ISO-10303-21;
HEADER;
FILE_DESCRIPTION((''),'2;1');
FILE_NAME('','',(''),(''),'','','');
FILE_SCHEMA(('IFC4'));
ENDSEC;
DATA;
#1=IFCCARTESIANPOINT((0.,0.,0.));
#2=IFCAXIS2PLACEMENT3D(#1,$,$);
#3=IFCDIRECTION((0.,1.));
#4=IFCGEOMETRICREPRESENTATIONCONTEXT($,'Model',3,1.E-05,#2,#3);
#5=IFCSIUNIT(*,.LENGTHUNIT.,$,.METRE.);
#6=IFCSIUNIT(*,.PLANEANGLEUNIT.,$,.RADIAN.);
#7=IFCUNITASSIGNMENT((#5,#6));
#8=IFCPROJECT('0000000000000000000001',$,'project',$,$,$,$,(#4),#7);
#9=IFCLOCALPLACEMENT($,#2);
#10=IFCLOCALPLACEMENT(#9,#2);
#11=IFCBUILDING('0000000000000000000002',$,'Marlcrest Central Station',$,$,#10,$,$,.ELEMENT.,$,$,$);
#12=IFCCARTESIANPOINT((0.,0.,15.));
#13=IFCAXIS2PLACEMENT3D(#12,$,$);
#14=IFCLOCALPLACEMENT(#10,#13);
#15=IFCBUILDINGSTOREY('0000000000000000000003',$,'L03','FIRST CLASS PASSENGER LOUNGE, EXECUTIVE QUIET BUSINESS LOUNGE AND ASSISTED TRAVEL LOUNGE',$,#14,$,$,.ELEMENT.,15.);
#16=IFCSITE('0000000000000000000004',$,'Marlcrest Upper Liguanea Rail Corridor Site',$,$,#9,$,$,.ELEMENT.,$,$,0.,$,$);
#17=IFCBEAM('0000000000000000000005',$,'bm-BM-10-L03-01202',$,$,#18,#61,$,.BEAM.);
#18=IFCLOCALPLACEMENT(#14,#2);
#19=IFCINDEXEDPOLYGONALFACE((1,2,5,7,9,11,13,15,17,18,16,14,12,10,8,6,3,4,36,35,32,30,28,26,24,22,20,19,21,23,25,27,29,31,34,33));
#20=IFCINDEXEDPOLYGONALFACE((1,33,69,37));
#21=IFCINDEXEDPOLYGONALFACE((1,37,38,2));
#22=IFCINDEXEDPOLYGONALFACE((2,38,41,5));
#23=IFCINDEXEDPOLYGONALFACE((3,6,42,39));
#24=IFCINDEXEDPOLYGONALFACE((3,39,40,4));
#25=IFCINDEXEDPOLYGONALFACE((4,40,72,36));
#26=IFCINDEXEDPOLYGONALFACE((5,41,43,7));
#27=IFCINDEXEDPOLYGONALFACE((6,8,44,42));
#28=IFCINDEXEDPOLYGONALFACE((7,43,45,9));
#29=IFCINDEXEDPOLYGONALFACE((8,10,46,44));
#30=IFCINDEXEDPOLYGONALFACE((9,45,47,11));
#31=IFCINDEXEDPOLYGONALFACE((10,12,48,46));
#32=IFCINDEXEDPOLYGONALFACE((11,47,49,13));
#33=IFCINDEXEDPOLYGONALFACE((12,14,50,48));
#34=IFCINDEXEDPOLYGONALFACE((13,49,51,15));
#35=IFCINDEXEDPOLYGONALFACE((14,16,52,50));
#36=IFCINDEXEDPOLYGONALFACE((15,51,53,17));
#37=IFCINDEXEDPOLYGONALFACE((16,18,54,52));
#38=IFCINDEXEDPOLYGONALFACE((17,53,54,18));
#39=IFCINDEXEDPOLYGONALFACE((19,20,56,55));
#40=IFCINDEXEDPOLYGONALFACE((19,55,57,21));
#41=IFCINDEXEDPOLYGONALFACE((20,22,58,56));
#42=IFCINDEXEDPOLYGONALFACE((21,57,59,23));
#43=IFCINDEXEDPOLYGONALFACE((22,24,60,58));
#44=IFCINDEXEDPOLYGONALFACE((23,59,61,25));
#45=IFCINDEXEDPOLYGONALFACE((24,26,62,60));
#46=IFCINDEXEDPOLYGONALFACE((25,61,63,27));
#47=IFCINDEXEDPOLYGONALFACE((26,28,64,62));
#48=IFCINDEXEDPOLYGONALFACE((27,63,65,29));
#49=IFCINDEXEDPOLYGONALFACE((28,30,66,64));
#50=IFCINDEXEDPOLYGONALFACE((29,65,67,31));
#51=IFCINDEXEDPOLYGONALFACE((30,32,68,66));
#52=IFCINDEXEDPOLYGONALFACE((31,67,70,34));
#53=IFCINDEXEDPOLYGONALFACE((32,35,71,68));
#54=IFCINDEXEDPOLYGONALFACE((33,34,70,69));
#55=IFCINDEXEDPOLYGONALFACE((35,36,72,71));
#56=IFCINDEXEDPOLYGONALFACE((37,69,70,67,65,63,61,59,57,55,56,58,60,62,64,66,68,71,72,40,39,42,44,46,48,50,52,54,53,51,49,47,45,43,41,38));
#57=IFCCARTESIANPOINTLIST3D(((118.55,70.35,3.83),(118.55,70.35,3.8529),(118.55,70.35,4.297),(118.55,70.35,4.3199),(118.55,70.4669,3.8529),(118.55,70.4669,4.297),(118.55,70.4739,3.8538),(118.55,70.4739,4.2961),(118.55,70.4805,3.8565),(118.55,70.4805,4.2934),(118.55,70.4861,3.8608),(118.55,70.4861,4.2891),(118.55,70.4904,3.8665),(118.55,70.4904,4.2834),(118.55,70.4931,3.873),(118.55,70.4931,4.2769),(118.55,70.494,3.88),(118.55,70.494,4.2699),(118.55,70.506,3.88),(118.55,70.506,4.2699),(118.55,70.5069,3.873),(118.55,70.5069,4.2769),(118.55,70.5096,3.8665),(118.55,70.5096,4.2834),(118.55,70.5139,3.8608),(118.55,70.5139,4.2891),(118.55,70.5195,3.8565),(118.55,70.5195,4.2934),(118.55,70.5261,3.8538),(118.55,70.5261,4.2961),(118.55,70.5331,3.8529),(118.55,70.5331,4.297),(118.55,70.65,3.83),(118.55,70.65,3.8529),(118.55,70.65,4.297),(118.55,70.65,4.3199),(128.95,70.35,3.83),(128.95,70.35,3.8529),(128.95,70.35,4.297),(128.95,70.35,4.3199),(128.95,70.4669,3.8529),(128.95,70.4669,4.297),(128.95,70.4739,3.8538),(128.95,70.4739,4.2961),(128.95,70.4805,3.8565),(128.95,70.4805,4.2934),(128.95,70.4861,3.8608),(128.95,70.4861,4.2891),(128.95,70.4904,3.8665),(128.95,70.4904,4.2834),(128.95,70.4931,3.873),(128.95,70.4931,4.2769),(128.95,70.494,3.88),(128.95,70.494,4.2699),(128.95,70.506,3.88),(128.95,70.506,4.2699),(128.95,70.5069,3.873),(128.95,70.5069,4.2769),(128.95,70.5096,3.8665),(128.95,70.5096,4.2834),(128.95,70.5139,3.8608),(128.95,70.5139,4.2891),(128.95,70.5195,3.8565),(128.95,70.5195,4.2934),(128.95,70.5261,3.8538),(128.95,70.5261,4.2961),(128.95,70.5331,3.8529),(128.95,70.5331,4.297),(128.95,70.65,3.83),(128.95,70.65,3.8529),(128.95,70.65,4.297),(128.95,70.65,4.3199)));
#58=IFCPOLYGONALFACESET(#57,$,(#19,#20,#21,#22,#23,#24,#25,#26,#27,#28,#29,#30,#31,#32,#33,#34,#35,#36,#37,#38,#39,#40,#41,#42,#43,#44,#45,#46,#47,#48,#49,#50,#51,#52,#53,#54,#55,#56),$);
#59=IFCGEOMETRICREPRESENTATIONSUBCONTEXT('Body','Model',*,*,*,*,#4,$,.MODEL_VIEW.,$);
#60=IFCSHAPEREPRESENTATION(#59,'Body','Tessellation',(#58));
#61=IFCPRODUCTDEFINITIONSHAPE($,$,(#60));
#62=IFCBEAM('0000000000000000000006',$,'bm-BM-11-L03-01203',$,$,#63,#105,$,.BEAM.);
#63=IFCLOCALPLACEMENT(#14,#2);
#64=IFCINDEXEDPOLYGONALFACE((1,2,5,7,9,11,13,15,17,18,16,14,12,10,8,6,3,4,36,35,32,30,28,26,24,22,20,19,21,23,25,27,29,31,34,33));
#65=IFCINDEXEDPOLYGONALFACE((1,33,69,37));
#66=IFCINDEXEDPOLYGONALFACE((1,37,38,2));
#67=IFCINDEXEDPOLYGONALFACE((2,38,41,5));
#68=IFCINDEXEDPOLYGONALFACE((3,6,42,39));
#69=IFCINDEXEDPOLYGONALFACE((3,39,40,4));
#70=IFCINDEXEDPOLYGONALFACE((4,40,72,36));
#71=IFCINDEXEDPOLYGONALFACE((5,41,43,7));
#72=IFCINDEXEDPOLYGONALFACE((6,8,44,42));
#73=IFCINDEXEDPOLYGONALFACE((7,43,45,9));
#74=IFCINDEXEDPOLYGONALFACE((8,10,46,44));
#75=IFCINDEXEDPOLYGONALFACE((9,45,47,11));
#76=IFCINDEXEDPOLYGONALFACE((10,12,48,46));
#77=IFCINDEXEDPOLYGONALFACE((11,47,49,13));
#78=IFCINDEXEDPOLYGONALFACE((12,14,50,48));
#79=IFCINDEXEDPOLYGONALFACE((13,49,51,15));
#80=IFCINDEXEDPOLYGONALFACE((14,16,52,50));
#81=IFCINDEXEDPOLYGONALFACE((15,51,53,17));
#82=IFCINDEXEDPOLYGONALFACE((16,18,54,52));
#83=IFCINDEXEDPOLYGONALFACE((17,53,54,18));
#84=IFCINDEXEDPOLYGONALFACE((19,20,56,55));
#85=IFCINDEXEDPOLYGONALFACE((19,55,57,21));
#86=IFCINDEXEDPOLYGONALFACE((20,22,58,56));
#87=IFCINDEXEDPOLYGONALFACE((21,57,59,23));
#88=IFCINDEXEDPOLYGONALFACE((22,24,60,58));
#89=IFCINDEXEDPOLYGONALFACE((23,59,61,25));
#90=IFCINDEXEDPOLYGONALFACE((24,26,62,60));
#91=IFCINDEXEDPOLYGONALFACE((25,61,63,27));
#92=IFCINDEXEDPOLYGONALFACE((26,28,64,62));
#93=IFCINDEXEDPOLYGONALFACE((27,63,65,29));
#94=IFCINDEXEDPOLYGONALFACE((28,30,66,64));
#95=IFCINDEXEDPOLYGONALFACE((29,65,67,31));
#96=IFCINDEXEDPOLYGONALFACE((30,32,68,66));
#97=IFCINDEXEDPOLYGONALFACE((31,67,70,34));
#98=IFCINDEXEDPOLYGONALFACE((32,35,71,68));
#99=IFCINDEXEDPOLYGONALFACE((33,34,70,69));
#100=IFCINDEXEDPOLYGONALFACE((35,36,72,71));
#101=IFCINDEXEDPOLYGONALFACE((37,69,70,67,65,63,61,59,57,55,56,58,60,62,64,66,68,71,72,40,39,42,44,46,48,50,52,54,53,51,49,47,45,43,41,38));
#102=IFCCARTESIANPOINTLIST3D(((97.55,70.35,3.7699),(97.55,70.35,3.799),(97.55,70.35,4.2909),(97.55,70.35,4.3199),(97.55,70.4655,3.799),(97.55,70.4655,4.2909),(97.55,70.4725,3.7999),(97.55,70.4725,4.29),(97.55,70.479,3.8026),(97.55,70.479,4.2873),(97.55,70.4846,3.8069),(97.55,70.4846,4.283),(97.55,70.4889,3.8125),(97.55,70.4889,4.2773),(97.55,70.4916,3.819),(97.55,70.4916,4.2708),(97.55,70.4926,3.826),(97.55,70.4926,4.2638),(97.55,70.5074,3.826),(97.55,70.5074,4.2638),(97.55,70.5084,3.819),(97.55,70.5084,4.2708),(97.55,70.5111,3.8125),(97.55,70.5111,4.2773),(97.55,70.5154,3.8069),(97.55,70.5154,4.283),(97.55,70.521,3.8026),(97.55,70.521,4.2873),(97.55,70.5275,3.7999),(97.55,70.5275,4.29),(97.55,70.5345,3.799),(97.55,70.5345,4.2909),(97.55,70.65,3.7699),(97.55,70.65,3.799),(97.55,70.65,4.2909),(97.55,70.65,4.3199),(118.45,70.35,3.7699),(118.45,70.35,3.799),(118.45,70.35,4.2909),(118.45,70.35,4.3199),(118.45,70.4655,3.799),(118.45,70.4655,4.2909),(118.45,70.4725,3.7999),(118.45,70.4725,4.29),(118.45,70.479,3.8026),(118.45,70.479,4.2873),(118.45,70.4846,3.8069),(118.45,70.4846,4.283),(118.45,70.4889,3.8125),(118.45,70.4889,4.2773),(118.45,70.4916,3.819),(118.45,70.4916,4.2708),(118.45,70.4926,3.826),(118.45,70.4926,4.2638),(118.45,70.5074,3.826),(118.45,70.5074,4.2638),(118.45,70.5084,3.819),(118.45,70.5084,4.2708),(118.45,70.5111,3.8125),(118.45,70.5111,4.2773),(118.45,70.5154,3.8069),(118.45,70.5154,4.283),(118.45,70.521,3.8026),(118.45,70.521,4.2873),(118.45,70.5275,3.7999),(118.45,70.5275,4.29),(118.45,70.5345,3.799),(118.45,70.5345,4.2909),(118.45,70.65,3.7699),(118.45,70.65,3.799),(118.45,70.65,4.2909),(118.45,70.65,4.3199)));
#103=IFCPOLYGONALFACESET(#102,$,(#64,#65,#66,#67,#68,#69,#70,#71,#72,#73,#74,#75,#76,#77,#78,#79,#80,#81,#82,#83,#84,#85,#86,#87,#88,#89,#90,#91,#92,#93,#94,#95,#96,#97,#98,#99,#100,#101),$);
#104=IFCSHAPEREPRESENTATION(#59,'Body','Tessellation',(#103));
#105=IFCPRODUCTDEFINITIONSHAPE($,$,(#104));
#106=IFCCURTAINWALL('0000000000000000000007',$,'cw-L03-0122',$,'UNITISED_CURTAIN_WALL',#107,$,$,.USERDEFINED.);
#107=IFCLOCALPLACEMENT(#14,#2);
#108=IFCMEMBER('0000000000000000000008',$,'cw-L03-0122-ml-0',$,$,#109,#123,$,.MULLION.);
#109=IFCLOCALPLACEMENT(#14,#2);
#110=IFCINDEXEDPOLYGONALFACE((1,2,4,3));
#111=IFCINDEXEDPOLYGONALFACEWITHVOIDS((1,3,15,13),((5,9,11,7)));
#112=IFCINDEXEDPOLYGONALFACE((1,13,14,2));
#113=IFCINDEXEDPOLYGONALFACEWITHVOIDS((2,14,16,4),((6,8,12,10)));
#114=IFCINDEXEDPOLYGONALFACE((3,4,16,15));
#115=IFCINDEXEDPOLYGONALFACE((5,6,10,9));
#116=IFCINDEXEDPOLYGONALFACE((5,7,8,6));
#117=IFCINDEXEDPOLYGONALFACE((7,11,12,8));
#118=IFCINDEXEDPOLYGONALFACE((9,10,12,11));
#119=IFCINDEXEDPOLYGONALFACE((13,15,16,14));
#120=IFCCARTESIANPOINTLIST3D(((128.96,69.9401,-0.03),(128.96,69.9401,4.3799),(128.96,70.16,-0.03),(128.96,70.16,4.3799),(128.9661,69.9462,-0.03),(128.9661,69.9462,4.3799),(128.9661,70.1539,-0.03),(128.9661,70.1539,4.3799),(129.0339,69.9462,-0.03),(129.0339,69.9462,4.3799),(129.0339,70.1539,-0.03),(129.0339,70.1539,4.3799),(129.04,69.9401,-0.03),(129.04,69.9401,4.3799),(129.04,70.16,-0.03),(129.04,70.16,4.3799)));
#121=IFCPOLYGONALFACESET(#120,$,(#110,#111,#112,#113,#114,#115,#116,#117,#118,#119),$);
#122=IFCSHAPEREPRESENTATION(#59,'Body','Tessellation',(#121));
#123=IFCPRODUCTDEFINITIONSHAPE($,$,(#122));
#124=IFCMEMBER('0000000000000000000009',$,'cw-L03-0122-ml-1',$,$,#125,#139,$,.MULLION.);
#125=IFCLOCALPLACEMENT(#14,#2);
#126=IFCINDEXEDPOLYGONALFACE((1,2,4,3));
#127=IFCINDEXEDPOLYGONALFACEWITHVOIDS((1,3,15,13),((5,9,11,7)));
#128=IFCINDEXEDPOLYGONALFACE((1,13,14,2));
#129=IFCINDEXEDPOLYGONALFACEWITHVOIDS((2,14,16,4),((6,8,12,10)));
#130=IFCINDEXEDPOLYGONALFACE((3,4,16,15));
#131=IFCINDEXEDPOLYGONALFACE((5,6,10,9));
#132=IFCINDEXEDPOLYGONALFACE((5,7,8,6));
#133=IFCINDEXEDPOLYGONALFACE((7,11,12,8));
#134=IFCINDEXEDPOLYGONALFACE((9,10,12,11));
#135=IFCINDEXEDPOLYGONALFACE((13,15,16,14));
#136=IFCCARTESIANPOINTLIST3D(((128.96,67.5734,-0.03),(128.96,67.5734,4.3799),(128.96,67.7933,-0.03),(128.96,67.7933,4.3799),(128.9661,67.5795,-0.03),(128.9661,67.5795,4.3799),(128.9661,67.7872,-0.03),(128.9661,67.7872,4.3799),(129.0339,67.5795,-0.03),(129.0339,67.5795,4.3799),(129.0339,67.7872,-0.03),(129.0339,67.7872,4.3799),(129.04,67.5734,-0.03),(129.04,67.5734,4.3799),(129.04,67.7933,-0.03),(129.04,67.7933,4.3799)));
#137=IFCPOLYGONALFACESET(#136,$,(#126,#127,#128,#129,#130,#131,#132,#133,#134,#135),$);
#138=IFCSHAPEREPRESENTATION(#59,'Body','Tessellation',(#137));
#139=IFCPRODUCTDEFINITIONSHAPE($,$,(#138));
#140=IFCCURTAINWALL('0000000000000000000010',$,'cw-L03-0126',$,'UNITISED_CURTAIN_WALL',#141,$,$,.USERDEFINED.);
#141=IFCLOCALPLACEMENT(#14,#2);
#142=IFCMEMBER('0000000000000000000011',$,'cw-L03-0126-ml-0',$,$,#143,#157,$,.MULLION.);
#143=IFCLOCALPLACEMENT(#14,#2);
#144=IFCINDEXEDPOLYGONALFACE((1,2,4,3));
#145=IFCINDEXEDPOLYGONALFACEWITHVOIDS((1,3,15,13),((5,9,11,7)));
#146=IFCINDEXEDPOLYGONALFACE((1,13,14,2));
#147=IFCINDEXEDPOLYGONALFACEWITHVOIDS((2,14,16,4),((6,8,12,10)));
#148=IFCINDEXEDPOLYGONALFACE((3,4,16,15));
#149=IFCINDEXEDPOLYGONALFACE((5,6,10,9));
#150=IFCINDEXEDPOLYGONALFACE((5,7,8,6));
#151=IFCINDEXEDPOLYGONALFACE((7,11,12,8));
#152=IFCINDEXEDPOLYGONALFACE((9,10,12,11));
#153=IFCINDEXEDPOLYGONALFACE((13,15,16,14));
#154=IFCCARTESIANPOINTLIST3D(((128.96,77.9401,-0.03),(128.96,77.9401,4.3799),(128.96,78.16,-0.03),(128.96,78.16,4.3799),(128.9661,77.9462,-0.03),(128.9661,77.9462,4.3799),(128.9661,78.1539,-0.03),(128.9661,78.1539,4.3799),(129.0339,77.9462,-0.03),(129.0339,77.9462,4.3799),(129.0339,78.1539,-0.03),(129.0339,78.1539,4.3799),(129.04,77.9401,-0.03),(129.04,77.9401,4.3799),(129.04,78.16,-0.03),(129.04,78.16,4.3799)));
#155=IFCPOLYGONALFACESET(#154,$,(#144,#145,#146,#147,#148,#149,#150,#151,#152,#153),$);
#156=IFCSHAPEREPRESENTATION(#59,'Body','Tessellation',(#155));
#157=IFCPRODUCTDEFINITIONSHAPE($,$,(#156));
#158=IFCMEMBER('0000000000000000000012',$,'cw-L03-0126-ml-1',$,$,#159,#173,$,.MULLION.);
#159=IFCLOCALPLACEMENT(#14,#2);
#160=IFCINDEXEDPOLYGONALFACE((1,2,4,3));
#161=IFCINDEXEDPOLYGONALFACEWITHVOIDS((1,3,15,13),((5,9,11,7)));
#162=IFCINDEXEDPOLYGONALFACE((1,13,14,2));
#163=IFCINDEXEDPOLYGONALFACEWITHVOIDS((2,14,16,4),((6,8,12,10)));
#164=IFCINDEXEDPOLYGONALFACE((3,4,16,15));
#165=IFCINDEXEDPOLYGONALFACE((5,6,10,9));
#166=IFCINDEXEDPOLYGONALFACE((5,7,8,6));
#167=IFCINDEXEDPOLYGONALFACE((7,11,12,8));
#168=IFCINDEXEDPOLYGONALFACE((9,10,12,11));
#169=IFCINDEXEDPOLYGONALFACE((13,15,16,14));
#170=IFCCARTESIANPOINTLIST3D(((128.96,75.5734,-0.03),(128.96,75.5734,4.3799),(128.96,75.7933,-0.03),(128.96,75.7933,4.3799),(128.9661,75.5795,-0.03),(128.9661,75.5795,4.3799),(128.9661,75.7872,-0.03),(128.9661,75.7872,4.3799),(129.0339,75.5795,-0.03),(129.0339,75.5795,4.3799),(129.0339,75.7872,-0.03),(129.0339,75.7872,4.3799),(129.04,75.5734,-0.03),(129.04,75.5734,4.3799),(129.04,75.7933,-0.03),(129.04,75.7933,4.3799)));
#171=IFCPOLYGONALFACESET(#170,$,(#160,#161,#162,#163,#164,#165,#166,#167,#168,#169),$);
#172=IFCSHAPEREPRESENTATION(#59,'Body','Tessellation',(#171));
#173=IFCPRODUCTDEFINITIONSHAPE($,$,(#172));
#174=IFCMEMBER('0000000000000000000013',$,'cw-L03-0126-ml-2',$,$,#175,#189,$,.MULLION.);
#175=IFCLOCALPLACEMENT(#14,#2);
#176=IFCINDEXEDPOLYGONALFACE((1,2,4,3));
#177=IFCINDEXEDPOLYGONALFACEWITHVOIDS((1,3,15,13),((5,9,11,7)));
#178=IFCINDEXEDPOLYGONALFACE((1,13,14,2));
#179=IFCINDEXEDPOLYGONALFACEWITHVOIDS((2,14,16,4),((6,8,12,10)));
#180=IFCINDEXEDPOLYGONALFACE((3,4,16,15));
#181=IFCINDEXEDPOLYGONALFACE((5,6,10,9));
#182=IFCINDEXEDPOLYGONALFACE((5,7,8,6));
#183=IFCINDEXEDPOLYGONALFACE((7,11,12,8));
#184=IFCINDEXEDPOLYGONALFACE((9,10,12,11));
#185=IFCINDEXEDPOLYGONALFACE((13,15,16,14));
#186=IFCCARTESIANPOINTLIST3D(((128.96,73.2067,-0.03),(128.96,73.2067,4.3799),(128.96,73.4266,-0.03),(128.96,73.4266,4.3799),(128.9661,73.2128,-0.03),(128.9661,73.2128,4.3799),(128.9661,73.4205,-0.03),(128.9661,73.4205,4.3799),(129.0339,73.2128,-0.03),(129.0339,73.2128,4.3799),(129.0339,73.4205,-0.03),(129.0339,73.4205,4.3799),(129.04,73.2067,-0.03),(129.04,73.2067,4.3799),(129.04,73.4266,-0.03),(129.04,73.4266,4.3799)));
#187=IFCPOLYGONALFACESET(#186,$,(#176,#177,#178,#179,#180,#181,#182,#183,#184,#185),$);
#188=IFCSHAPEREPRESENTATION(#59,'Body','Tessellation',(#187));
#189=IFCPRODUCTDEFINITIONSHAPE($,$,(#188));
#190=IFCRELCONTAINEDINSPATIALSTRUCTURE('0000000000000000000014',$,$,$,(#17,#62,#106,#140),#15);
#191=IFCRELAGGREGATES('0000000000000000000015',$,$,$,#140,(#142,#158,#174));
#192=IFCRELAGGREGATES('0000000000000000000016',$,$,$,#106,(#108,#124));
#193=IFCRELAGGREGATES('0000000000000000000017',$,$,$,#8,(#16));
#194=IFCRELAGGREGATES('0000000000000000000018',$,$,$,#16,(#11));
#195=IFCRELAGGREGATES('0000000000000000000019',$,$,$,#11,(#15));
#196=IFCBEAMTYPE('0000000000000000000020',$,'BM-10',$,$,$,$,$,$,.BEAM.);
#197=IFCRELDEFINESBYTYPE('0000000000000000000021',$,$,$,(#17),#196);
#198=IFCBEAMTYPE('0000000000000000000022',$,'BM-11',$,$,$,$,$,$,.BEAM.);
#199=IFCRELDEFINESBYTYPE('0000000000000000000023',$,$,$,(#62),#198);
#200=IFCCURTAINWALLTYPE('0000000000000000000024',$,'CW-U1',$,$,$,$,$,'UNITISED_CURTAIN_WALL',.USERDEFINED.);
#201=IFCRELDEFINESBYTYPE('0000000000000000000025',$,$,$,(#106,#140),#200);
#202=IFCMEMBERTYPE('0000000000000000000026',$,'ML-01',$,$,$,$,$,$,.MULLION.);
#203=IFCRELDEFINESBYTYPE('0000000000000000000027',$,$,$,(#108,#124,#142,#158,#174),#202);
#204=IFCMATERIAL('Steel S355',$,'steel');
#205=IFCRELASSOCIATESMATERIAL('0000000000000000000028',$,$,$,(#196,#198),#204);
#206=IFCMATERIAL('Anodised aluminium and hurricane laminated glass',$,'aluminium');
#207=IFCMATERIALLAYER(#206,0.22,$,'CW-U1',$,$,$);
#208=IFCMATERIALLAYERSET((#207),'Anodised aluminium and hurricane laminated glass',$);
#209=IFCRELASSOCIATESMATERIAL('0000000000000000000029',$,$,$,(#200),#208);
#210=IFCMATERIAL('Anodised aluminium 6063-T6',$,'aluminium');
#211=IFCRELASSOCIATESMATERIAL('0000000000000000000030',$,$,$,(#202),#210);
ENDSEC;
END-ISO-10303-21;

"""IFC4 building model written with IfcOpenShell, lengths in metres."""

from ifc_helpers import new_model, si_unit, direction, frame, origin, origin_2d, place, context, subcontext, project, spatial, hollow_rectangle, i_section, extrude, material, layer, layer_set, material_profile, profile_set, type_object, element, aggregate, save


model = new_model("IFC4")

# Units and contexts
model_context = context("Model", 3, precision=1e-05, world=origin(), true_north=direction((0.0, 1.0)))
body_context = subcontext(model_context, "Body", "Model", "MODEL_VIEW")
ifc_project = project(units=[si_unit("LENGTHUNIT", "METRE"), si_unit("PLANEANGLEUNIT", "RADIAN")], contexts=[model_context])

# Site, building, storey
site_placement = place(None, origin())
site = spatial("IfcSite", under=ifc_project, at=site_placement, Name="Marlcrest Upper Liguanea Rail Corridor Site", CompositionType="ELEMENT", RefElevation=0.0)
building_placement = place(site_placement, origin())
building = spatial("IfcBuilding", under=site, at=building_placement, Name="Marlcrest Central Station", CompositionType="ELEMENT")
storey_placement = place(building_placement, frame((0.0, 0.0, 15.0)))
storey = spatial("IfcBuildingStorey", under=building, at=storey_placement, Name="L03", Description="FIRST CLASS PASSENGER LOUNGE, EXECUTIVE QUIET BUSINESS LOUNGE AND ASSISTED TRAVEL LOUNGE", CompositionType="ELEMENT", Elevation=15.0)

# Shared definitions
ifc_material_1 = material(Name="Steel S355", Category="steel")

# Beams
ifc_material_profile_1 = material_profile(ifc_material_1, i_section(OverallWidth=0.3, OverallDepth=0.49, WebThickness=0.012, FlangeThickness=0.0229, FilletRadius=0.0271, at=origin_2d()), Name="HEA 500")
ifc_profile_set_1 = profile_set([ifc_material_profile_1], Name="Steel S355")
beam_type_1 = type_object("IfcBeamType", Name="BM-10", PredefinedType="BEAM", material=ifc_profile_set_1)
beam_1_placement = place(storey_placement, frame((118.55, 70.5, 4.075), z_axis=(1.0, 0.0, 0.0), x_axis=(0.0, 1.0, 0.0)))
element("IfcBeam", 1, at=beam_1_placement, inside=storey, type_object=beam_type_1, Name="bm-BM-10-L03-01202", PredefinedType="BEAM", context=body_context, shape_type="SweptSolid", body=[
    extrude(i_section(OverallWidth=0.3, OverallDepth=0.49, WebThickness=0.012, FlangeThickness=0.0229, FilletRadius=0.0271, at=origin_2d()), origin(), (0.0, 0.0, 1.0), 10.3999),
])
ifc_material_profile_2 = material_profile(ifc_material_1, i_section(OverallWidth=0.3, OverallDepth=0.55, WebThickness=0.0149, FlangeThickness=0.0291, FilletRadius=0.0271, at=origin_2d()), Name="HEB 550")
ifc_profile_set_2 = profile_set([ifc_material_profile_2], Name="Steel S355")
beam_type_2 = type_object("IfcBeamType", Name="BM-11", PredefinedType="BEAM", material=ifc_profile_set_2)
beam_2_placement = place(storey_placement, frame((97.55, 70.5, 4.0449), z_axis=(1.0, 0.0, 0.0), x_axis=(0.0, 1.0, 0.0)))
element("IfcBeam", 2, at=beam_2_placement, inside=storey, type_object=beam_type_2, Name="bm-BM-11-L03-01203", PredefinedType="BEAM", context=body_context, shape_type="SweptSolid", body=[
    extrude(i_section(OverallWidth=0.3, OverallDepth=0.55, WebThickness=0.0149, FlangeThickness=0.0291, FilletRadius=0.0271, at=origin_2d()), origin(), (0.0, 0.0, 1.0), 20.8999),
])

# Curtain walls, members
ifc_material_2 = material(Name="Anodised aluminium and hurricane laminated glass", Category="aluminium")
ifc_layer_1 = layer(ifc_material_2, 0.22, Name="CW-U1")
ifc_layer_set_1 = layer_set([ifc_layer_1], Name="Anodised aluminium and hurricane laminated glass")
curtain_wall_type = type_object("IfcCurtainWallType", Name="CW-U1", ElementType="UNITISED_CURTAIN_WALL", PredefinedType="USERDEFINED", material=ifc_layer_set_1)
curtain_wall_1_placement = place(storey_placement, origin())
curtain_wall_1 = element("IfcCurtainWall", 3, at=curtain_wall_1_placement, inside=storey, type_object=curtain_wall_type, Name="cw-L03-0122", ObjectType="UNITISED_CURTAIN_WALL", PredefinedType="USERDEFINED")
ifc_material_3 = material(Name="Anodised aluminium 6063-T6", Category="aluminium")
ifc_material_profile_3 = material_profile(ifc_material_3, hollow_rectangle(XDim=0.0801, YDim=0.22, WallThickness=0.0061, at=origin_2d()), Name="AA-RHS 220x80x6")
ifc_profile_set_3 = profile_set([ifc_material_profile_3], Name="Anodised aluminium 6063-T6")
member_type_1 = type_object("IfcMemberType", Name="ML-01", PredefinedType="MULLION", material=ifc_profile_set_3)
member_1_placement = place(storey_placement, frame((129.0, 70.05, -0.03), z_axis=(0.0, 0.0, 1.0), x_axis=(1.0, 0.0, 0.0)))
member_1 = element("IfcMember", 4, at=member_1_placement, type_object=member_type_1, Name="cw-L03-0122-ml-0", PredefinedType="MULLION", context=body_context, shape_type="SweptSolid", body=[
    extrude(hollow_rectangle(XDim=0.0801, YDim=0.22, WallThickness=0.0061, at=origin_2d()), origin(), (0.0, 0.0, 1.0), 4.4099),
])
member_2_placement = place(storey_placement, frame((129.0, 67.6833, -0.03), z_axis=(0.0, 0.0, 1.0), x_axis=(1.0, 0.0, 0.0)))
member_2 = element("IfcMember", 5, at=member_2_placement, type_object=member_type_1, Name="cw-L03-0122-ml-1", PredefinedType="MULLION", context=body_context, shape_type="SweptSolid", body=[
    extrude(hollow_rectangle(XDim=0.0801, YDim=0.22, WallThickness=0.0061, at=origin_2d()), origin(), (0.0, 0.0, 1.0), 4.4099),
])
curtain_wall_2_placement = place(storey_placement, origin())
curtain_wall_2 = element("IfcCurtainWall", 6, at=curtain_wall_2_placement, inside=storey, type_object=curtain_wall_type, Name="cw-L03-0126", ObjectType="UNITISED_CURTAIN_WALL", PredefinedType="USERDEFINED")
member_3_placement = place(storey_placement, frame((129.0, 78.05, -0.03), z_axis=(0.0, 0.0, 1.0), x_axis=(1.0, 0.0, 0.0)))
member_3 = element("IfcMember", 7, at=member_3_placement, type_object=member_type_1, Name="cw-L03-0126-ml-0", PredefinedType="MULLION", context=body_context, shape_type="SweptSolid", body=[
    extrude(hollow_rectangle(XDim=0.0801, YDim=0.22, WallThickness=0.0061, at=origin_2d()), origin(), (0.0, 0.0, 1.0), 4.4099),
])
member_4_placement = place(storey_placement, frame((129.0, 75.6833, -0.03), z_axis=(0.0, 0.0, 1.0), x_axis=(1.0, 0.0, 0.0)))
member_4 = element("IfcMember", 8, at=member_4_placement, type_object=member_type_1, Name="cw-L03-0126-ml-1", PredefinedType="MULLION", context=body_context, shape_type="SweptSolid", body=[
    extrude(hollow_rectangle(XDim=0.0801, YDim=0.22, WallThickness=0.0061, at=origin_2d()), origin(), (0.0, 0.0, 1.0), 4.4099),
])
member_5_placement = place(storey_placement, frame((129.0, 73.3167, -0.03), z_axis=(0.0, 0.0, 1.0), x_axis=(1.0, 0.0, 0.0)))
member_5 = element("IfcMember", 9, at=member_5_placement, type_object=member_type_1, Name="cw-L03-0126-ml-2", PredefinedType="MULLION", context=body_context, shape_type="SweptSolid", body=[
    extrude(hollow_rectangle(XDim=0.0801, YDim=0.22, WallThickness=0.0061, at=origin_2d()), origin(), (0.0, 0.0, 1.0), 4.4099),
])

aggregate(curtain_wall_2, [member_3, member_4, member_5])
aggregate(curtain_wall_1, [member_1, member_2])

save(model, "model.ifc")
